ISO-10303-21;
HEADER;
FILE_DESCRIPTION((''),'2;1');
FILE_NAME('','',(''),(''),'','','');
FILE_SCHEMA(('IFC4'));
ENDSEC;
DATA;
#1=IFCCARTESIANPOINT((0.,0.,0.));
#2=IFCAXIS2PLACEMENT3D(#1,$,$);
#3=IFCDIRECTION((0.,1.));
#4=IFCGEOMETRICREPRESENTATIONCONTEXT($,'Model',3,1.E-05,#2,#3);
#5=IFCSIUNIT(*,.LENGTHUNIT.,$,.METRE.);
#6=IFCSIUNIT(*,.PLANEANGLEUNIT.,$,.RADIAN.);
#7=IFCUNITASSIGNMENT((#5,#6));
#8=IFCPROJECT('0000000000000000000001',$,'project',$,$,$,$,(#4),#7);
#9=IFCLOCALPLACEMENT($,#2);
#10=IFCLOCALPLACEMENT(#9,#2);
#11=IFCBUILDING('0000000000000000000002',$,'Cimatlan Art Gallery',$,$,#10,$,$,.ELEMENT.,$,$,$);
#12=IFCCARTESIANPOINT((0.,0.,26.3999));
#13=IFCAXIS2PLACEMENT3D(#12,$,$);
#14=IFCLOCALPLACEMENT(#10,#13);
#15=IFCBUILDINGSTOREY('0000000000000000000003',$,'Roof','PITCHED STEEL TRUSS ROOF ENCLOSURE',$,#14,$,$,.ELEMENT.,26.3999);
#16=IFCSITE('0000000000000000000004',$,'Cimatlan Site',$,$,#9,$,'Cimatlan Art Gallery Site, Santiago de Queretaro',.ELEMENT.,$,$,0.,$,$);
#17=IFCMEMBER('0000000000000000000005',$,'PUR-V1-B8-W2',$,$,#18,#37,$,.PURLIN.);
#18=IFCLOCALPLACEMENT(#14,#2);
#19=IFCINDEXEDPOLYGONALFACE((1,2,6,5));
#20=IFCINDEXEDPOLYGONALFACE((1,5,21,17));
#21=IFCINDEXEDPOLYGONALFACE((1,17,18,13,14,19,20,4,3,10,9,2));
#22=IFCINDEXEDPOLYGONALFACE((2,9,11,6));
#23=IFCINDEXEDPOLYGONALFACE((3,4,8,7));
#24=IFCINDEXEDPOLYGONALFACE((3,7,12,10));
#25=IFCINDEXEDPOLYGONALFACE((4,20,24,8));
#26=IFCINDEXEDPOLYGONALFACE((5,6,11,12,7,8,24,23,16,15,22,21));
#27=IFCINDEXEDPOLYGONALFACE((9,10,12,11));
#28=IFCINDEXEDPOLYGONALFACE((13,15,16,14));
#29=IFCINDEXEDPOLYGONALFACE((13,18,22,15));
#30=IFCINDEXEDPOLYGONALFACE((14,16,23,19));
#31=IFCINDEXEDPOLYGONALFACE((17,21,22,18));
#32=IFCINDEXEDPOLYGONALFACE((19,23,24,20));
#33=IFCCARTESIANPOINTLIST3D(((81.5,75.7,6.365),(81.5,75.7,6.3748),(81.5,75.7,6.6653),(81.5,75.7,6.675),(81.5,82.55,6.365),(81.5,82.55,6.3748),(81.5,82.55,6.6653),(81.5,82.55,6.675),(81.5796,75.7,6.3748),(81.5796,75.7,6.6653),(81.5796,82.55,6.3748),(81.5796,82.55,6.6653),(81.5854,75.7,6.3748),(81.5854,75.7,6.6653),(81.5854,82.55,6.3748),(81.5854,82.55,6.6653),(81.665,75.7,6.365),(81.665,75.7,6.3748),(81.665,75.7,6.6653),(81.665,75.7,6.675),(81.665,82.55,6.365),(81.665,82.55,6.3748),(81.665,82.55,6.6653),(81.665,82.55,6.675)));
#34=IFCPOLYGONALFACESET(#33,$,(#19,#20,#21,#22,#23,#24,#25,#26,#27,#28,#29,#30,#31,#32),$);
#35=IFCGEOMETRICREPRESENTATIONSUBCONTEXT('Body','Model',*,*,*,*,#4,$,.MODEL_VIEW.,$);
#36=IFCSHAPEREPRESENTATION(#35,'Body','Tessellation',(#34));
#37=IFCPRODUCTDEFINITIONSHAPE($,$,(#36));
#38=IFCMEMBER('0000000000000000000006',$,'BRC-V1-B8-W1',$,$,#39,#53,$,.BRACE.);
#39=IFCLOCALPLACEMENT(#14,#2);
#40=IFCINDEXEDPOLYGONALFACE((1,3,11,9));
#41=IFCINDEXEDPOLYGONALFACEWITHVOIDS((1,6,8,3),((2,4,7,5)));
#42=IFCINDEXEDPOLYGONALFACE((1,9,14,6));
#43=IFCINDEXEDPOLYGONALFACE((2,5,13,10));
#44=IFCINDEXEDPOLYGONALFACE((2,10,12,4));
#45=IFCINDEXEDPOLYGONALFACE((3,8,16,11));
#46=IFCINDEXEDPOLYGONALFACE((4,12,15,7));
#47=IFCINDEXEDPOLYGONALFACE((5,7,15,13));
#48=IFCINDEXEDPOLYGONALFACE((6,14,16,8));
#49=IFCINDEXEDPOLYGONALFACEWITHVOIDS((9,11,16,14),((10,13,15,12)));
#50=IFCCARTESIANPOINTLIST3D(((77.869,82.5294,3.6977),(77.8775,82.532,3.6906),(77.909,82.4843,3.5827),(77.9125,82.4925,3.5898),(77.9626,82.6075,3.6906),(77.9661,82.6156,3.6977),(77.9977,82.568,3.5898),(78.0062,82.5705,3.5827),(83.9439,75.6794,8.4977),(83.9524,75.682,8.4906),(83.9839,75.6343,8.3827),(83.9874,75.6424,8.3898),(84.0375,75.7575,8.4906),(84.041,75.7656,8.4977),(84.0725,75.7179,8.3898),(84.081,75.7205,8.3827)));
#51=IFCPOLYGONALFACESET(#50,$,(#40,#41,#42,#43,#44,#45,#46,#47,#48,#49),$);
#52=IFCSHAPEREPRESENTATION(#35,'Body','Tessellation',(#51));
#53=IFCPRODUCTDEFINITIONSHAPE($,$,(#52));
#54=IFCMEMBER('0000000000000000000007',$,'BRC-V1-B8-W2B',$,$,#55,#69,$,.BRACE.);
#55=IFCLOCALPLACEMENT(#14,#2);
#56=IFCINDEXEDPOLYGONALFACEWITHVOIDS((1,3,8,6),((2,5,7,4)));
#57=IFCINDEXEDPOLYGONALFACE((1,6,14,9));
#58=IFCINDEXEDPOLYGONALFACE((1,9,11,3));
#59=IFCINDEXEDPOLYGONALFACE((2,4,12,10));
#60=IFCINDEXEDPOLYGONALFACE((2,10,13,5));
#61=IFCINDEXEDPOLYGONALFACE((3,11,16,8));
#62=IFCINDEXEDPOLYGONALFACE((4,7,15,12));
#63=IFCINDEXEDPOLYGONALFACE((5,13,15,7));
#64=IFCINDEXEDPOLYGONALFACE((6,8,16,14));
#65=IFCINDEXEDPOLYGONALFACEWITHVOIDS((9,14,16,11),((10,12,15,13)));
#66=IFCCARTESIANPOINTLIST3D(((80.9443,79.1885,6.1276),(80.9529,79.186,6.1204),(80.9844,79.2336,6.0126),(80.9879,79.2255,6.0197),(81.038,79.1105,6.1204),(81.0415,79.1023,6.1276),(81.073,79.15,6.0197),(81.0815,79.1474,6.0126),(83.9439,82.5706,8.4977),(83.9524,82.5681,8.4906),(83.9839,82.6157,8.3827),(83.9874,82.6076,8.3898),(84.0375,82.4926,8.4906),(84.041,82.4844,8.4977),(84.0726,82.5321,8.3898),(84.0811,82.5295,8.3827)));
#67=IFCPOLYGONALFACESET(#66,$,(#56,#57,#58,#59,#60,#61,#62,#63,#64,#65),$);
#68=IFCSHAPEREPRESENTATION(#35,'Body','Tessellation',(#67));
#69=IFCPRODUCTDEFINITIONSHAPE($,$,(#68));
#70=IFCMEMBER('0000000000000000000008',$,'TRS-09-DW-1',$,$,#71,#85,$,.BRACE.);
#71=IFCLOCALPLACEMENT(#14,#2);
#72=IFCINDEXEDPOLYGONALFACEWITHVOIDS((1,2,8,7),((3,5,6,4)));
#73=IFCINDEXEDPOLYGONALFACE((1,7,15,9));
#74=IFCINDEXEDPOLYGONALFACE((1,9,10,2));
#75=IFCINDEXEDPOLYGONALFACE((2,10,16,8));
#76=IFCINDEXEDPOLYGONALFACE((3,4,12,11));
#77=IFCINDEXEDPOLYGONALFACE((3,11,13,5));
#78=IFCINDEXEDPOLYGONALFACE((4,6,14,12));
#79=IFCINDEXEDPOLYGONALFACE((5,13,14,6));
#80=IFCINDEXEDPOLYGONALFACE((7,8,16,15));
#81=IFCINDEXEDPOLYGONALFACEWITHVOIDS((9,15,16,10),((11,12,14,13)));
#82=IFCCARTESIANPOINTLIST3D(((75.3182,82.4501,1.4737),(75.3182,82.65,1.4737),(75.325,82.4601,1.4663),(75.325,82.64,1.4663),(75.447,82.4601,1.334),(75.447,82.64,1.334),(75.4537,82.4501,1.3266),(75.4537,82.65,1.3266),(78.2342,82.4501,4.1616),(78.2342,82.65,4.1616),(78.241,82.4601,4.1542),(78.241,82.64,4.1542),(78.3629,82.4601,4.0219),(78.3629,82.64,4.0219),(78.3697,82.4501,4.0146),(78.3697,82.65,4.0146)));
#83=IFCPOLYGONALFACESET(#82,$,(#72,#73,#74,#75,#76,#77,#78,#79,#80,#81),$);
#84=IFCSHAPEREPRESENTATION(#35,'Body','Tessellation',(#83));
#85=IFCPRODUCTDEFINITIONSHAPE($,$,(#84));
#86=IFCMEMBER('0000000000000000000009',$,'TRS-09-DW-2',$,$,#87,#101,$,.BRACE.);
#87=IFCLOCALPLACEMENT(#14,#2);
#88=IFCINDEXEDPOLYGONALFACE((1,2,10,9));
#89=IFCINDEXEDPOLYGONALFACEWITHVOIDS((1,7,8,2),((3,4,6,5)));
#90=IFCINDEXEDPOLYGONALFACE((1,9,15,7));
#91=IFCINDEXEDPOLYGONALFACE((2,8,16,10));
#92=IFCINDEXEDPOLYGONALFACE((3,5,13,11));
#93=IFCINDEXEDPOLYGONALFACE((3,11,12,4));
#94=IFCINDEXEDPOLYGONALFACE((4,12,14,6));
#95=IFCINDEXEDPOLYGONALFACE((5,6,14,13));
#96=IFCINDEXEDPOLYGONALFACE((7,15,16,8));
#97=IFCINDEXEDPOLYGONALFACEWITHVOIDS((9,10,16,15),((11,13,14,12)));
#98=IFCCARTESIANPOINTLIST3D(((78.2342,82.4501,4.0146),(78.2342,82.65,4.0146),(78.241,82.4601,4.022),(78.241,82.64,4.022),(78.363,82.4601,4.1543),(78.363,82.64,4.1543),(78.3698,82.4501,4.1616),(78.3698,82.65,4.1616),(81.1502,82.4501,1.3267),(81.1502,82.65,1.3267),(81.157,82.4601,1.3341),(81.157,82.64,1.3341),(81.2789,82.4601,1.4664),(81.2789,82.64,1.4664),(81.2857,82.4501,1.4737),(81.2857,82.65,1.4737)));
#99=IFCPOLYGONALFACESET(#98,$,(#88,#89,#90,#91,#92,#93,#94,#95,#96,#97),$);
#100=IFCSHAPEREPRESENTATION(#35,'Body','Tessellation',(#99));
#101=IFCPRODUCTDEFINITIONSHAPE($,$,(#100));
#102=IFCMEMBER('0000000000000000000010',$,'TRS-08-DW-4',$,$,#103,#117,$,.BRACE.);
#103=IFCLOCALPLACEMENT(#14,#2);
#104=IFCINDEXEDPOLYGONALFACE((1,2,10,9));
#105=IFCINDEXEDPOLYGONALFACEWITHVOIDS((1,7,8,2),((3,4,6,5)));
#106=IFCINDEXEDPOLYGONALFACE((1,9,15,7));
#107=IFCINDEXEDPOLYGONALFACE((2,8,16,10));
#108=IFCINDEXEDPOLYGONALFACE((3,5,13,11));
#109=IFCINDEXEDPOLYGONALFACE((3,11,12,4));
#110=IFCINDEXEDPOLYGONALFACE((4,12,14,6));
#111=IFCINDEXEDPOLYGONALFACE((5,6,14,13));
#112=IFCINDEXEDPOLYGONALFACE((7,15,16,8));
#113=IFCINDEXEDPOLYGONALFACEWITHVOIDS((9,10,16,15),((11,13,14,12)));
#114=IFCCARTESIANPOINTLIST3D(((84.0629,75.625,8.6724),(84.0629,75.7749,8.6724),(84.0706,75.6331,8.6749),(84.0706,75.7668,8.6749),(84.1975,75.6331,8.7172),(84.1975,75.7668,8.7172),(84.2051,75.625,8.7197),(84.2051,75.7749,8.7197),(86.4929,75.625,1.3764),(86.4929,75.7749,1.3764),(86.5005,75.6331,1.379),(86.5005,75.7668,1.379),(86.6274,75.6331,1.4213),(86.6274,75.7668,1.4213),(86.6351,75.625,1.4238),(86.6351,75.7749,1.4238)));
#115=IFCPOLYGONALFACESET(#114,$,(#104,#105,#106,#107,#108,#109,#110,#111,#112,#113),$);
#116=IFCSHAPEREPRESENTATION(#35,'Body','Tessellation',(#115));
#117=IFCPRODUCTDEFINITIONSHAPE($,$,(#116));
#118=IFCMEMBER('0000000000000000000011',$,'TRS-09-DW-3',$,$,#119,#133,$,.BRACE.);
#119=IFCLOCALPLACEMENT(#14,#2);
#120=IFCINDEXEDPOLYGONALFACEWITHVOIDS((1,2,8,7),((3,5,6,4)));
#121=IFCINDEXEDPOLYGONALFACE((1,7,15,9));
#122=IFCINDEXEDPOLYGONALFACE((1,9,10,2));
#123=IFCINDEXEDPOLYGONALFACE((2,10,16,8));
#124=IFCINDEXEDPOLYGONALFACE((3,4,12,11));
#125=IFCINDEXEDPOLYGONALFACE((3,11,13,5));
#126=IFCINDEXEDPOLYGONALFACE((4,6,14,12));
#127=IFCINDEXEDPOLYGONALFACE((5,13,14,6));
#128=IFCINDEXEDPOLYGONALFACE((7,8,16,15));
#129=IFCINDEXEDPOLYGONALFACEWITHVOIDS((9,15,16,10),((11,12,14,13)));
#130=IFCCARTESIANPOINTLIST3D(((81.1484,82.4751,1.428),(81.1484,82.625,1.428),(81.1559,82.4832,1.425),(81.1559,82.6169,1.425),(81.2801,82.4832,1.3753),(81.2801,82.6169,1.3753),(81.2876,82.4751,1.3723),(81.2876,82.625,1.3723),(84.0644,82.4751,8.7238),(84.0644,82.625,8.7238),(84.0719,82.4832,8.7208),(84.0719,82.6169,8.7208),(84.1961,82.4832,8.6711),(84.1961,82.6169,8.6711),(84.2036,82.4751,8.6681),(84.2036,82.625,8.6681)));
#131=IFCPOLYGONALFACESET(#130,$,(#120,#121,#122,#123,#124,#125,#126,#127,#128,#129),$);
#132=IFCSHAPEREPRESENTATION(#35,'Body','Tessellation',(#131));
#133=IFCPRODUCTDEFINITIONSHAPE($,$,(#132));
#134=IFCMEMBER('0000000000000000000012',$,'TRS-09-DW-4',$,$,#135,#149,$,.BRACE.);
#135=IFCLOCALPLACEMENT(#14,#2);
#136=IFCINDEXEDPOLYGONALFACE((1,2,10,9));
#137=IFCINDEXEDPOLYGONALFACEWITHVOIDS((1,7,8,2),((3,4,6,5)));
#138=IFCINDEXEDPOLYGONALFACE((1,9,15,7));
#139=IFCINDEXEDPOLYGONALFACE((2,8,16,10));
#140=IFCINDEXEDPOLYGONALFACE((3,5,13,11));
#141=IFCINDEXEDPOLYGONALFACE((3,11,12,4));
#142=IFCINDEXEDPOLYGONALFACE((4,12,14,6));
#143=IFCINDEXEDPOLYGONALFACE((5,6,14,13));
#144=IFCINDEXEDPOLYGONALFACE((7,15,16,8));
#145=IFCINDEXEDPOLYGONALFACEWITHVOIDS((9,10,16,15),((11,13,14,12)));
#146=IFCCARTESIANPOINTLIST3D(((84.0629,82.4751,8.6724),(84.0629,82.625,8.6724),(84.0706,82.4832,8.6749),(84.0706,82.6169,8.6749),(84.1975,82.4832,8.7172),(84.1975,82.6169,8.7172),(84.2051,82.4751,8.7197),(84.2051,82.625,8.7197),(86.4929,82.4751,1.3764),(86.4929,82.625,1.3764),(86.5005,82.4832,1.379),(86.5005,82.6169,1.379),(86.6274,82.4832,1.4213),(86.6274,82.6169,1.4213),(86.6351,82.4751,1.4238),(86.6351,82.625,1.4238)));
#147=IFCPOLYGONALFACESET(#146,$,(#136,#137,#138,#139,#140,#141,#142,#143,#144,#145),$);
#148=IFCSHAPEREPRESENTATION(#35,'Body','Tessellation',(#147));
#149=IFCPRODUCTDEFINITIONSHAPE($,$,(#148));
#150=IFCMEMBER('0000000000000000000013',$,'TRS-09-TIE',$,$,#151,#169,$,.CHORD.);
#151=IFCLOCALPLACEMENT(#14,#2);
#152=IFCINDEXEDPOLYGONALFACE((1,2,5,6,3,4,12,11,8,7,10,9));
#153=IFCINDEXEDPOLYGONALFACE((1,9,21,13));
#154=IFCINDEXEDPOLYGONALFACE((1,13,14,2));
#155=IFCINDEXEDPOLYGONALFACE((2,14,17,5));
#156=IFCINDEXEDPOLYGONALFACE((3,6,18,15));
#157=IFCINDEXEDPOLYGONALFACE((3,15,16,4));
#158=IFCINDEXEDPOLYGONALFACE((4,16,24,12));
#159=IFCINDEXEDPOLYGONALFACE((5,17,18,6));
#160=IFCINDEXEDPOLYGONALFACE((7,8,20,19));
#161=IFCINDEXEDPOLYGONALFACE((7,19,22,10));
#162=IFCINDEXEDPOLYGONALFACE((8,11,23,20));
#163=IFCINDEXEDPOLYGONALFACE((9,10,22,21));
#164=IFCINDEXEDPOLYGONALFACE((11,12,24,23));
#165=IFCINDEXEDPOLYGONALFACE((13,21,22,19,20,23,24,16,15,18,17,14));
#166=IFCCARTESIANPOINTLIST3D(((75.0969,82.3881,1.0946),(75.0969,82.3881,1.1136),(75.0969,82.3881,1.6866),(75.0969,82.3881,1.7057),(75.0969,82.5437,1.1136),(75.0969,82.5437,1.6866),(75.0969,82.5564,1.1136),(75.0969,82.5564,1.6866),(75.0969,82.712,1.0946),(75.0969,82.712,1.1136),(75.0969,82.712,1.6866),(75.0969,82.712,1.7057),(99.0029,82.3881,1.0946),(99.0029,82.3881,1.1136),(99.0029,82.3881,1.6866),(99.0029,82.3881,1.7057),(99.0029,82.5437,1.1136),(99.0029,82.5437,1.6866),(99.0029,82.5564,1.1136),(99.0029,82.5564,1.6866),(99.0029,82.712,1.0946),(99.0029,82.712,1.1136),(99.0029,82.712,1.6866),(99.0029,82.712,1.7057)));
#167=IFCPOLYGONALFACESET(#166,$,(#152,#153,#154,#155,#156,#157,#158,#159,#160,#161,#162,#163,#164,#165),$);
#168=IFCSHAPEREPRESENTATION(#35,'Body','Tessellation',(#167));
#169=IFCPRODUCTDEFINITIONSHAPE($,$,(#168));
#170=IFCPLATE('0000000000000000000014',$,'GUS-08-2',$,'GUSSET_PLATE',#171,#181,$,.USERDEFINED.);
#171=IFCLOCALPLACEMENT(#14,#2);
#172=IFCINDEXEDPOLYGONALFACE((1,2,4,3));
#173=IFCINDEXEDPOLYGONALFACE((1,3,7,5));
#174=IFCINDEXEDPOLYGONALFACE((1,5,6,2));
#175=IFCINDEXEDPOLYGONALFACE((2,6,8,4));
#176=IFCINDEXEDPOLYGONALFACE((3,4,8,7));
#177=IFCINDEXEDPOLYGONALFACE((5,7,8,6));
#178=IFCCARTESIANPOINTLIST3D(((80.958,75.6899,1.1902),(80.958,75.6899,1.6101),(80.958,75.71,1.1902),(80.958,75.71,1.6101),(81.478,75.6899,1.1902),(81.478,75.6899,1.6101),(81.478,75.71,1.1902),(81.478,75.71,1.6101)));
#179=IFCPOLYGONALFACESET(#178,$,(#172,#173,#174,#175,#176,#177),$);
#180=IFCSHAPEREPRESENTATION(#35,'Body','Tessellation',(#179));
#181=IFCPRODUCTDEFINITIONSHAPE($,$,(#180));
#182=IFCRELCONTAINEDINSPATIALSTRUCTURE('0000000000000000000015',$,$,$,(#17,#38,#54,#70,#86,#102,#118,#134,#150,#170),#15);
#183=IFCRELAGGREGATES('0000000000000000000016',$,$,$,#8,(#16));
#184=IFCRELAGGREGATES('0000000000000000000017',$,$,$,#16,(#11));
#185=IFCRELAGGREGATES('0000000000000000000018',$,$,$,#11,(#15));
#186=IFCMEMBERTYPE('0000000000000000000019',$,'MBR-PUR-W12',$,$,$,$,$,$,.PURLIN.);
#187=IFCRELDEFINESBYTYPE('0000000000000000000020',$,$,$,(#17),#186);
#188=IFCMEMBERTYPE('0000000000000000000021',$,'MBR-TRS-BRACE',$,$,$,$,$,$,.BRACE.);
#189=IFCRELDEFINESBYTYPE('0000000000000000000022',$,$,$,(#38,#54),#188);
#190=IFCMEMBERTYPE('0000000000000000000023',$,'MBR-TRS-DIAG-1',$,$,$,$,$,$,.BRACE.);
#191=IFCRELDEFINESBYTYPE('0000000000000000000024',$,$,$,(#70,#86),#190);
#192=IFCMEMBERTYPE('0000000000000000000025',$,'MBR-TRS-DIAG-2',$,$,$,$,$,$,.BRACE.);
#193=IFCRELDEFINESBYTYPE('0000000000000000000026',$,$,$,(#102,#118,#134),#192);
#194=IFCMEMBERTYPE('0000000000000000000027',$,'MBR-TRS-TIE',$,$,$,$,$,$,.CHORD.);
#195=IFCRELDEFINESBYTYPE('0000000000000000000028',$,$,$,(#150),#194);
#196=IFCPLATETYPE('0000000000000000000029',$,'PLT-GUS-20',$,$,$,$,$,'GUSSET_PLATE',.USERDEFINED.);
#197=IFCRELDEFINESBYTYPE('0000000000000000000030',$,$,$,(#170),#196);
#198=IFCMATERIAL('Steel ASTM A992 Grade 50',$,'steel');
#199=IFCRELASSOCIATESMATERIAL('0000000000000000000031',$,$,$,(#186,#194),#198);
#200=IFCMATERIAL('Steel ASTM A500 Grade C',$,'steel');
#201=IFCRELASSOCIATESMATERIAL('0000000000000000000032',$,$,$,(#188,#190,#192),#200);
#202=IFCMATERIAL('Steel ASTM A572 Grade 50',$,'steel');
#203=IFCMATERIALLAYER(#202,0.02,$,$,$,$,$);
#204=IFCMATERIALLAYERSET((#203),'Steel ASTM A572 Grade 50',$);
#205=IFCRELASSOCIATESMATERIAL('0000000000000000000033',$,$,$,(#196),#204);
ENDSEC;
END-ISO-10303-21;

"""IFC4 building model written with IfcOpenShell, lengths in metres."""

from ifc_helpers import new_model, si_unit, direction, frame, origin, origin_2d, place, context, subcontext, project, spatial, rectangle, hollow_rectangle, i_section, extrude, material, layer, layer_set, material_profile, profile_set, type_object, element, save


model = new_model("IFC4")

# Units and contexts
model_context = context("Model", 3, precision=1e-05, world=origin(), true_north=direction((0.0, 1.0)))
body_context = subcontext(model_context, "Body", "Model", "MODEL_VIEW")
ifc_project = project(units=[si_unit("LENGTHUNIT", "METRE"), si_unit("PLANEANGLEUNIT", "RADIAN")], contexts=[model_context])

# Site, building, storey
site_placement = place(None, origin())
site = spatial("IfcSite", under=ifc_project, at=site_placement, Name="Cimatlan Site", LongName="Cimatlan Art Gallery Site, Santiago de Queretaro", CompositionType="ELEMENT", RefElevation=0.0)
building_placement = place(site_placement, origin())
building = spatial("IfcBuilding", under=site, at=building_placement, Name="Cimatlan Art Gallery", CompositionType="ELEMENT")
storey_placement = place(building_placement, frame((0.0, 0.0, 26.3999)))
storey = spatial("IfcBuildingStorey", under=building, at=storey_placement, Name="Roof", Description="PITCHED STEEL TRUSS ROOF ENCLOSURE", CompositionType="ELEMENT", Elevation=26.3999)

# Shared definitions
ifc_material_1 = material(Name="Steel ASTM A992 Grade 50", Category="steel")

# Members
ifc_material_2 = material(Name="Steel ASTM A500 Grade C", Category="steel")
ifc_material_profile_1 = material_profile(ifc_material_1, i_section(OverallWidth=0.165, OverallDepth=0.3101, WebThickness=0.0059, FlangeThickness=0.0098, at=origin_2d()), Name="W12X26")
ifc_profile_set_1 = profile_set([ifc_material_profile_1], Name="Steel ASTM A992 Grade 50")
member_type_1 = type_object("IfcMemberType", Name="MBR-PUR-W12", PredefinedType="PURLIN", material=ifc_profile_set_1)
member_1_placement = place(storey_placement, frame((81.5825, 75.7, 6.52), z_axis=(0.0, 1.0, 0.0), x_axis=(-1.0, 0.0, 0.0)))
element("IfcMember", 1, at=member_1_placement, inside=storey, type_object=member_type_1, Name="PUR-V1-B8-W2", PredefinedType="PURLIN", context=body_context, shape_type="SweptSolid", body=[
    extrude(i_section(OverallWidth=0.165, OverallDepth=0.3101, WebThickness=0.0059, FlangeThickness=0.0098, at=origin_2d()), origin(), (0.0, 0.0, 1.0), 6.8501),
])
ifc_material_profile_2 = material_profile(ifc_material_2, hollow_rectangle(XDim=0.1299, YDim=0.1299, WallThickness=0.0081, at=origin_2d()), Name="HSS130X130X8")
ifc_profile_set_2 = profile_set([ifc_material_profile_2], Name="Steel ASTM A500 Grade C")
member_type_2 = type_object("IfcMemberType", Name="MBR-TRS-BRACE", PredefinedType="BRACE", material=ifc_profile_set_2)
member_2_placement = place(storey_placement, frame((84.0125, 75.7, 8.4402), z_axis=(-0.587647, 0.662629, -0.464322), x_axis=(-0.748169, -0.663508, 0.0)))
element("IfcMember", 2, at=member_2_placement, inside=storey, type_object=member_type_2, Name="BRC-V1-B8-W1", PredefinedType="BRACE", context=body_context, shape_type="SweptSolid", body=[
    extrude(hollow_rectangle(XDim=0.1299, YDim=0.1299, WallThickness=0.0081, at=origin_2d()), origin(), (0.0, 0.0, 1.0), 10.3376),
])
member_3_placement = place(storey_placement, frame((81.0129, 79.168, 6.0701), z_axis=(0.587654, 0.662606, 0.464345), x_axis=(-0.748154, 0.663525, 0.0)))
element("IfcMember", 3, at=member_3_placement, inside=storey, type_object=member_type_2, Name="BRC-V1-B8-W2B", PredefinedType="BRACE", context=body_context, shape_type="SweptSolid", body=[
    extrude(hollow_rectangle(XDim=0.1299, YDim=0.1299, WallThickness=0.0081, at=origin_2d()), origin(), (0.0, 0.0, 1.0), 5.1042),
])
ifc_material_profile_3 = material_profile(ifc_material_2, hollow_rectangle(XDim=0.2, YDim=0.2, WallThickness=0.01, at=origin_2d()), Name="HSS200X200X10")
ifc_profile_set_3 = profile_set([ifc_material_profile_3], Name="Steel ASTM A500 Grade C")
member_type_3 = type_object("IfcMemberType", Name="MBR-TRS-DIAG-1", PredefinedType="BRACE", material=ifc_profile_set_3)
for number, where, z_axis, x_axis, name in (
    (4, (75.386, 82.55, 1.4001), (0.735271, 0.0, 0.677774), (0.0, 1.0, 0.0), "TRS-09-DW-1"),
    (5, (78.302, 82.55, 4.0881), (0.735271, 0.0, -0.677774), (0.0, 1.0, 0.0), "TRS-09-DW-2"),
):
    element("IfcMember", number, at=place(storey_placement, frame(where, z_axis=z_axis, x_axis=x_axis)), inside=storey, type_object=member_type_3, Name=name, PredefinedType="BRACE", context=body_context, shape_type="SweptSolid", body=[
        extrude(hollow_rectangle(XDim=0.2, YDim=0.2, WallThickness=0.01, at=origin_2d()), origin(), (0.0, 0.0, 1.0), 3.9658),
    ])
ifc_material_profile_4 = material_profile(ifc_material_2, hollow_rectangle(XDim=0.1499, YDim=0.1499, WallThickness=0.0081, at=origin_2d()), Name="HSS150X150X8")
ifc_profile_set_4 = profile_set([ifc_material_profile_4], Name="Steel ASTM A500 Grade C")
member_type_4 = type_object("IfcMemberType", Name="MBR-TRS-DIAG-2", PredefinedType="BRACE", material=ifc_profile_set_4)
member_4_placement = place(storey_placement, frame((84.134, 75.7, 8.696), z_axis=(0.31599, 0.0, -0.948763), x_axis=(0.0, 1.0, 0.0)))
element("IfcMember", 6, at=member_4_placement, inside=storey, type_object=member_type_4, Name="TRS-08-DW-4", PredefinedType="BRACE", context=body_context, shape_type="SweptSolid", body=[
    extrude(hollow_rectangle(XDim=0.1499, YDim=0.1499, WallThickness=0.0081, at=origin_2d()), origin(), (0.0, 0.0, 1.0), 7.6899),
])
member_5_placement = place(storey_placement, frame((81.218, 82.55, 1.4001), z_axis=(0.371134, 0.0, 0.92858), x_axis=(0.0, 1.0, 0.0)))
element("IfcMember", 7, at=member_5_placement, inside=storey, type_object=member_type_4, Name="TRS-09-DW-3", PredefinedType="BRACE", context=body_context, shape_type="SweptSolid", body=[
    extrude(hollow_rectangle(XDim=0.1499, YDim=0.1499, WallThickness=0.0081, at=origin_2d()), origin(), (0.0, 0.0, 1.0), 7.8569),
])
member_6_placement = place(storey_placement, frame((84.134, 82.55, 8.696), z_axis=(0.31599, 0.0, -0.948763), x_axis=(0.0, 1.0, 0.0)))
element("IfcMember", 8, at=member_6_placement, inside=storey, type_object=member_type_4, Name="TRS-09-DW-4", PredefinedType="BRACE", context=body_context, shape_type="SweptSolid", body=[
    extrude(hollow_rectangle(XDim=0.1499, YDim=0.1499, WallThickness=0.0081, at=origin_2d()), origin(), (0.0, 0.0, 1.0), 7.6899),
])
ifc_material_profile_5 = material_profile(ifc_material_1, i_section(OverallWidth=0.324, OverallDepth=0.6111, WebThickness=0.0127, FlangeThickness=0.019, at=origin_2d()), Name="W24X104")
ifc_profile_set_5 = profile_set([ifc_material_profile_5], Name="Steel ASTM A992 Grade 50")
member_type_5 = type_object("IfcMemberType", Name="MBR-TRS-TIE", PredefinedType="CHORD", material=ifc_profile_set_5)
member_7_placement = place(storey_placement, frame((75.0969, 82.55, 1.4001), z_axis=(1.0, 0.0, 0.0), x_axis=(0.0, 1.0, 0.0)))
element("IfcMember", 9, at=member_7_placement, inside=storey, type_object=member_type_5, Name="TRS-09-TIE", PredefinedType="CHORD", context=body_context, shape_type="SweptSolid", body=[
    extrude(i_section(OverallWidth=0.324, OverallDepth=0.6111, WebThickness=0.0127, FlangeThickness=0.019, at=origin_2d()), origin(), (0.0, 0.0, 1.0), 23.906),
])

# Plate
ifc_material_3 = material(Name="Steel ASTM A572 Grade 50", Category="steel")
ifc_layer_1 = layer(ifc_material_3, 0.02)
ifc_layer_set_1 = layer_set([ifc_layer_1], Name="Steel ASTM A572 Grade 50")
plate_type_1 = type_object("IfcPlateType", Name="PLT-GUS-20", ElementType="GUSSET_PLATE", PredefinedType="USERDEFINED", material=ifc_layer_set_1)
for number, where, z_axis, x_axis, name in (
    (10, (81.218, 75.7, 1.1902), (0.0, 0.0, 1.0), (1.0, 0.0, 0.0), "GUS-08-2"),
):
    element("IfcPlate", number, at=place(storey_placement, frame(where, z_axis=z_axis, x_axis=x_axis)), inside=storey, type_object=plate_type_1, Name=name, ObjectType="GUSSET_PLATE", PredefinedType="USERDEFINED", context=body_context, shape_type="SweptSolid", body=[
        extrude(rectangle(XDim=0.52, YDim=0.02, at=origin_2d()), origin(), (0.0, 0.0, 1.0), 0.4199),
    ])

save(model, "model.ifc")
